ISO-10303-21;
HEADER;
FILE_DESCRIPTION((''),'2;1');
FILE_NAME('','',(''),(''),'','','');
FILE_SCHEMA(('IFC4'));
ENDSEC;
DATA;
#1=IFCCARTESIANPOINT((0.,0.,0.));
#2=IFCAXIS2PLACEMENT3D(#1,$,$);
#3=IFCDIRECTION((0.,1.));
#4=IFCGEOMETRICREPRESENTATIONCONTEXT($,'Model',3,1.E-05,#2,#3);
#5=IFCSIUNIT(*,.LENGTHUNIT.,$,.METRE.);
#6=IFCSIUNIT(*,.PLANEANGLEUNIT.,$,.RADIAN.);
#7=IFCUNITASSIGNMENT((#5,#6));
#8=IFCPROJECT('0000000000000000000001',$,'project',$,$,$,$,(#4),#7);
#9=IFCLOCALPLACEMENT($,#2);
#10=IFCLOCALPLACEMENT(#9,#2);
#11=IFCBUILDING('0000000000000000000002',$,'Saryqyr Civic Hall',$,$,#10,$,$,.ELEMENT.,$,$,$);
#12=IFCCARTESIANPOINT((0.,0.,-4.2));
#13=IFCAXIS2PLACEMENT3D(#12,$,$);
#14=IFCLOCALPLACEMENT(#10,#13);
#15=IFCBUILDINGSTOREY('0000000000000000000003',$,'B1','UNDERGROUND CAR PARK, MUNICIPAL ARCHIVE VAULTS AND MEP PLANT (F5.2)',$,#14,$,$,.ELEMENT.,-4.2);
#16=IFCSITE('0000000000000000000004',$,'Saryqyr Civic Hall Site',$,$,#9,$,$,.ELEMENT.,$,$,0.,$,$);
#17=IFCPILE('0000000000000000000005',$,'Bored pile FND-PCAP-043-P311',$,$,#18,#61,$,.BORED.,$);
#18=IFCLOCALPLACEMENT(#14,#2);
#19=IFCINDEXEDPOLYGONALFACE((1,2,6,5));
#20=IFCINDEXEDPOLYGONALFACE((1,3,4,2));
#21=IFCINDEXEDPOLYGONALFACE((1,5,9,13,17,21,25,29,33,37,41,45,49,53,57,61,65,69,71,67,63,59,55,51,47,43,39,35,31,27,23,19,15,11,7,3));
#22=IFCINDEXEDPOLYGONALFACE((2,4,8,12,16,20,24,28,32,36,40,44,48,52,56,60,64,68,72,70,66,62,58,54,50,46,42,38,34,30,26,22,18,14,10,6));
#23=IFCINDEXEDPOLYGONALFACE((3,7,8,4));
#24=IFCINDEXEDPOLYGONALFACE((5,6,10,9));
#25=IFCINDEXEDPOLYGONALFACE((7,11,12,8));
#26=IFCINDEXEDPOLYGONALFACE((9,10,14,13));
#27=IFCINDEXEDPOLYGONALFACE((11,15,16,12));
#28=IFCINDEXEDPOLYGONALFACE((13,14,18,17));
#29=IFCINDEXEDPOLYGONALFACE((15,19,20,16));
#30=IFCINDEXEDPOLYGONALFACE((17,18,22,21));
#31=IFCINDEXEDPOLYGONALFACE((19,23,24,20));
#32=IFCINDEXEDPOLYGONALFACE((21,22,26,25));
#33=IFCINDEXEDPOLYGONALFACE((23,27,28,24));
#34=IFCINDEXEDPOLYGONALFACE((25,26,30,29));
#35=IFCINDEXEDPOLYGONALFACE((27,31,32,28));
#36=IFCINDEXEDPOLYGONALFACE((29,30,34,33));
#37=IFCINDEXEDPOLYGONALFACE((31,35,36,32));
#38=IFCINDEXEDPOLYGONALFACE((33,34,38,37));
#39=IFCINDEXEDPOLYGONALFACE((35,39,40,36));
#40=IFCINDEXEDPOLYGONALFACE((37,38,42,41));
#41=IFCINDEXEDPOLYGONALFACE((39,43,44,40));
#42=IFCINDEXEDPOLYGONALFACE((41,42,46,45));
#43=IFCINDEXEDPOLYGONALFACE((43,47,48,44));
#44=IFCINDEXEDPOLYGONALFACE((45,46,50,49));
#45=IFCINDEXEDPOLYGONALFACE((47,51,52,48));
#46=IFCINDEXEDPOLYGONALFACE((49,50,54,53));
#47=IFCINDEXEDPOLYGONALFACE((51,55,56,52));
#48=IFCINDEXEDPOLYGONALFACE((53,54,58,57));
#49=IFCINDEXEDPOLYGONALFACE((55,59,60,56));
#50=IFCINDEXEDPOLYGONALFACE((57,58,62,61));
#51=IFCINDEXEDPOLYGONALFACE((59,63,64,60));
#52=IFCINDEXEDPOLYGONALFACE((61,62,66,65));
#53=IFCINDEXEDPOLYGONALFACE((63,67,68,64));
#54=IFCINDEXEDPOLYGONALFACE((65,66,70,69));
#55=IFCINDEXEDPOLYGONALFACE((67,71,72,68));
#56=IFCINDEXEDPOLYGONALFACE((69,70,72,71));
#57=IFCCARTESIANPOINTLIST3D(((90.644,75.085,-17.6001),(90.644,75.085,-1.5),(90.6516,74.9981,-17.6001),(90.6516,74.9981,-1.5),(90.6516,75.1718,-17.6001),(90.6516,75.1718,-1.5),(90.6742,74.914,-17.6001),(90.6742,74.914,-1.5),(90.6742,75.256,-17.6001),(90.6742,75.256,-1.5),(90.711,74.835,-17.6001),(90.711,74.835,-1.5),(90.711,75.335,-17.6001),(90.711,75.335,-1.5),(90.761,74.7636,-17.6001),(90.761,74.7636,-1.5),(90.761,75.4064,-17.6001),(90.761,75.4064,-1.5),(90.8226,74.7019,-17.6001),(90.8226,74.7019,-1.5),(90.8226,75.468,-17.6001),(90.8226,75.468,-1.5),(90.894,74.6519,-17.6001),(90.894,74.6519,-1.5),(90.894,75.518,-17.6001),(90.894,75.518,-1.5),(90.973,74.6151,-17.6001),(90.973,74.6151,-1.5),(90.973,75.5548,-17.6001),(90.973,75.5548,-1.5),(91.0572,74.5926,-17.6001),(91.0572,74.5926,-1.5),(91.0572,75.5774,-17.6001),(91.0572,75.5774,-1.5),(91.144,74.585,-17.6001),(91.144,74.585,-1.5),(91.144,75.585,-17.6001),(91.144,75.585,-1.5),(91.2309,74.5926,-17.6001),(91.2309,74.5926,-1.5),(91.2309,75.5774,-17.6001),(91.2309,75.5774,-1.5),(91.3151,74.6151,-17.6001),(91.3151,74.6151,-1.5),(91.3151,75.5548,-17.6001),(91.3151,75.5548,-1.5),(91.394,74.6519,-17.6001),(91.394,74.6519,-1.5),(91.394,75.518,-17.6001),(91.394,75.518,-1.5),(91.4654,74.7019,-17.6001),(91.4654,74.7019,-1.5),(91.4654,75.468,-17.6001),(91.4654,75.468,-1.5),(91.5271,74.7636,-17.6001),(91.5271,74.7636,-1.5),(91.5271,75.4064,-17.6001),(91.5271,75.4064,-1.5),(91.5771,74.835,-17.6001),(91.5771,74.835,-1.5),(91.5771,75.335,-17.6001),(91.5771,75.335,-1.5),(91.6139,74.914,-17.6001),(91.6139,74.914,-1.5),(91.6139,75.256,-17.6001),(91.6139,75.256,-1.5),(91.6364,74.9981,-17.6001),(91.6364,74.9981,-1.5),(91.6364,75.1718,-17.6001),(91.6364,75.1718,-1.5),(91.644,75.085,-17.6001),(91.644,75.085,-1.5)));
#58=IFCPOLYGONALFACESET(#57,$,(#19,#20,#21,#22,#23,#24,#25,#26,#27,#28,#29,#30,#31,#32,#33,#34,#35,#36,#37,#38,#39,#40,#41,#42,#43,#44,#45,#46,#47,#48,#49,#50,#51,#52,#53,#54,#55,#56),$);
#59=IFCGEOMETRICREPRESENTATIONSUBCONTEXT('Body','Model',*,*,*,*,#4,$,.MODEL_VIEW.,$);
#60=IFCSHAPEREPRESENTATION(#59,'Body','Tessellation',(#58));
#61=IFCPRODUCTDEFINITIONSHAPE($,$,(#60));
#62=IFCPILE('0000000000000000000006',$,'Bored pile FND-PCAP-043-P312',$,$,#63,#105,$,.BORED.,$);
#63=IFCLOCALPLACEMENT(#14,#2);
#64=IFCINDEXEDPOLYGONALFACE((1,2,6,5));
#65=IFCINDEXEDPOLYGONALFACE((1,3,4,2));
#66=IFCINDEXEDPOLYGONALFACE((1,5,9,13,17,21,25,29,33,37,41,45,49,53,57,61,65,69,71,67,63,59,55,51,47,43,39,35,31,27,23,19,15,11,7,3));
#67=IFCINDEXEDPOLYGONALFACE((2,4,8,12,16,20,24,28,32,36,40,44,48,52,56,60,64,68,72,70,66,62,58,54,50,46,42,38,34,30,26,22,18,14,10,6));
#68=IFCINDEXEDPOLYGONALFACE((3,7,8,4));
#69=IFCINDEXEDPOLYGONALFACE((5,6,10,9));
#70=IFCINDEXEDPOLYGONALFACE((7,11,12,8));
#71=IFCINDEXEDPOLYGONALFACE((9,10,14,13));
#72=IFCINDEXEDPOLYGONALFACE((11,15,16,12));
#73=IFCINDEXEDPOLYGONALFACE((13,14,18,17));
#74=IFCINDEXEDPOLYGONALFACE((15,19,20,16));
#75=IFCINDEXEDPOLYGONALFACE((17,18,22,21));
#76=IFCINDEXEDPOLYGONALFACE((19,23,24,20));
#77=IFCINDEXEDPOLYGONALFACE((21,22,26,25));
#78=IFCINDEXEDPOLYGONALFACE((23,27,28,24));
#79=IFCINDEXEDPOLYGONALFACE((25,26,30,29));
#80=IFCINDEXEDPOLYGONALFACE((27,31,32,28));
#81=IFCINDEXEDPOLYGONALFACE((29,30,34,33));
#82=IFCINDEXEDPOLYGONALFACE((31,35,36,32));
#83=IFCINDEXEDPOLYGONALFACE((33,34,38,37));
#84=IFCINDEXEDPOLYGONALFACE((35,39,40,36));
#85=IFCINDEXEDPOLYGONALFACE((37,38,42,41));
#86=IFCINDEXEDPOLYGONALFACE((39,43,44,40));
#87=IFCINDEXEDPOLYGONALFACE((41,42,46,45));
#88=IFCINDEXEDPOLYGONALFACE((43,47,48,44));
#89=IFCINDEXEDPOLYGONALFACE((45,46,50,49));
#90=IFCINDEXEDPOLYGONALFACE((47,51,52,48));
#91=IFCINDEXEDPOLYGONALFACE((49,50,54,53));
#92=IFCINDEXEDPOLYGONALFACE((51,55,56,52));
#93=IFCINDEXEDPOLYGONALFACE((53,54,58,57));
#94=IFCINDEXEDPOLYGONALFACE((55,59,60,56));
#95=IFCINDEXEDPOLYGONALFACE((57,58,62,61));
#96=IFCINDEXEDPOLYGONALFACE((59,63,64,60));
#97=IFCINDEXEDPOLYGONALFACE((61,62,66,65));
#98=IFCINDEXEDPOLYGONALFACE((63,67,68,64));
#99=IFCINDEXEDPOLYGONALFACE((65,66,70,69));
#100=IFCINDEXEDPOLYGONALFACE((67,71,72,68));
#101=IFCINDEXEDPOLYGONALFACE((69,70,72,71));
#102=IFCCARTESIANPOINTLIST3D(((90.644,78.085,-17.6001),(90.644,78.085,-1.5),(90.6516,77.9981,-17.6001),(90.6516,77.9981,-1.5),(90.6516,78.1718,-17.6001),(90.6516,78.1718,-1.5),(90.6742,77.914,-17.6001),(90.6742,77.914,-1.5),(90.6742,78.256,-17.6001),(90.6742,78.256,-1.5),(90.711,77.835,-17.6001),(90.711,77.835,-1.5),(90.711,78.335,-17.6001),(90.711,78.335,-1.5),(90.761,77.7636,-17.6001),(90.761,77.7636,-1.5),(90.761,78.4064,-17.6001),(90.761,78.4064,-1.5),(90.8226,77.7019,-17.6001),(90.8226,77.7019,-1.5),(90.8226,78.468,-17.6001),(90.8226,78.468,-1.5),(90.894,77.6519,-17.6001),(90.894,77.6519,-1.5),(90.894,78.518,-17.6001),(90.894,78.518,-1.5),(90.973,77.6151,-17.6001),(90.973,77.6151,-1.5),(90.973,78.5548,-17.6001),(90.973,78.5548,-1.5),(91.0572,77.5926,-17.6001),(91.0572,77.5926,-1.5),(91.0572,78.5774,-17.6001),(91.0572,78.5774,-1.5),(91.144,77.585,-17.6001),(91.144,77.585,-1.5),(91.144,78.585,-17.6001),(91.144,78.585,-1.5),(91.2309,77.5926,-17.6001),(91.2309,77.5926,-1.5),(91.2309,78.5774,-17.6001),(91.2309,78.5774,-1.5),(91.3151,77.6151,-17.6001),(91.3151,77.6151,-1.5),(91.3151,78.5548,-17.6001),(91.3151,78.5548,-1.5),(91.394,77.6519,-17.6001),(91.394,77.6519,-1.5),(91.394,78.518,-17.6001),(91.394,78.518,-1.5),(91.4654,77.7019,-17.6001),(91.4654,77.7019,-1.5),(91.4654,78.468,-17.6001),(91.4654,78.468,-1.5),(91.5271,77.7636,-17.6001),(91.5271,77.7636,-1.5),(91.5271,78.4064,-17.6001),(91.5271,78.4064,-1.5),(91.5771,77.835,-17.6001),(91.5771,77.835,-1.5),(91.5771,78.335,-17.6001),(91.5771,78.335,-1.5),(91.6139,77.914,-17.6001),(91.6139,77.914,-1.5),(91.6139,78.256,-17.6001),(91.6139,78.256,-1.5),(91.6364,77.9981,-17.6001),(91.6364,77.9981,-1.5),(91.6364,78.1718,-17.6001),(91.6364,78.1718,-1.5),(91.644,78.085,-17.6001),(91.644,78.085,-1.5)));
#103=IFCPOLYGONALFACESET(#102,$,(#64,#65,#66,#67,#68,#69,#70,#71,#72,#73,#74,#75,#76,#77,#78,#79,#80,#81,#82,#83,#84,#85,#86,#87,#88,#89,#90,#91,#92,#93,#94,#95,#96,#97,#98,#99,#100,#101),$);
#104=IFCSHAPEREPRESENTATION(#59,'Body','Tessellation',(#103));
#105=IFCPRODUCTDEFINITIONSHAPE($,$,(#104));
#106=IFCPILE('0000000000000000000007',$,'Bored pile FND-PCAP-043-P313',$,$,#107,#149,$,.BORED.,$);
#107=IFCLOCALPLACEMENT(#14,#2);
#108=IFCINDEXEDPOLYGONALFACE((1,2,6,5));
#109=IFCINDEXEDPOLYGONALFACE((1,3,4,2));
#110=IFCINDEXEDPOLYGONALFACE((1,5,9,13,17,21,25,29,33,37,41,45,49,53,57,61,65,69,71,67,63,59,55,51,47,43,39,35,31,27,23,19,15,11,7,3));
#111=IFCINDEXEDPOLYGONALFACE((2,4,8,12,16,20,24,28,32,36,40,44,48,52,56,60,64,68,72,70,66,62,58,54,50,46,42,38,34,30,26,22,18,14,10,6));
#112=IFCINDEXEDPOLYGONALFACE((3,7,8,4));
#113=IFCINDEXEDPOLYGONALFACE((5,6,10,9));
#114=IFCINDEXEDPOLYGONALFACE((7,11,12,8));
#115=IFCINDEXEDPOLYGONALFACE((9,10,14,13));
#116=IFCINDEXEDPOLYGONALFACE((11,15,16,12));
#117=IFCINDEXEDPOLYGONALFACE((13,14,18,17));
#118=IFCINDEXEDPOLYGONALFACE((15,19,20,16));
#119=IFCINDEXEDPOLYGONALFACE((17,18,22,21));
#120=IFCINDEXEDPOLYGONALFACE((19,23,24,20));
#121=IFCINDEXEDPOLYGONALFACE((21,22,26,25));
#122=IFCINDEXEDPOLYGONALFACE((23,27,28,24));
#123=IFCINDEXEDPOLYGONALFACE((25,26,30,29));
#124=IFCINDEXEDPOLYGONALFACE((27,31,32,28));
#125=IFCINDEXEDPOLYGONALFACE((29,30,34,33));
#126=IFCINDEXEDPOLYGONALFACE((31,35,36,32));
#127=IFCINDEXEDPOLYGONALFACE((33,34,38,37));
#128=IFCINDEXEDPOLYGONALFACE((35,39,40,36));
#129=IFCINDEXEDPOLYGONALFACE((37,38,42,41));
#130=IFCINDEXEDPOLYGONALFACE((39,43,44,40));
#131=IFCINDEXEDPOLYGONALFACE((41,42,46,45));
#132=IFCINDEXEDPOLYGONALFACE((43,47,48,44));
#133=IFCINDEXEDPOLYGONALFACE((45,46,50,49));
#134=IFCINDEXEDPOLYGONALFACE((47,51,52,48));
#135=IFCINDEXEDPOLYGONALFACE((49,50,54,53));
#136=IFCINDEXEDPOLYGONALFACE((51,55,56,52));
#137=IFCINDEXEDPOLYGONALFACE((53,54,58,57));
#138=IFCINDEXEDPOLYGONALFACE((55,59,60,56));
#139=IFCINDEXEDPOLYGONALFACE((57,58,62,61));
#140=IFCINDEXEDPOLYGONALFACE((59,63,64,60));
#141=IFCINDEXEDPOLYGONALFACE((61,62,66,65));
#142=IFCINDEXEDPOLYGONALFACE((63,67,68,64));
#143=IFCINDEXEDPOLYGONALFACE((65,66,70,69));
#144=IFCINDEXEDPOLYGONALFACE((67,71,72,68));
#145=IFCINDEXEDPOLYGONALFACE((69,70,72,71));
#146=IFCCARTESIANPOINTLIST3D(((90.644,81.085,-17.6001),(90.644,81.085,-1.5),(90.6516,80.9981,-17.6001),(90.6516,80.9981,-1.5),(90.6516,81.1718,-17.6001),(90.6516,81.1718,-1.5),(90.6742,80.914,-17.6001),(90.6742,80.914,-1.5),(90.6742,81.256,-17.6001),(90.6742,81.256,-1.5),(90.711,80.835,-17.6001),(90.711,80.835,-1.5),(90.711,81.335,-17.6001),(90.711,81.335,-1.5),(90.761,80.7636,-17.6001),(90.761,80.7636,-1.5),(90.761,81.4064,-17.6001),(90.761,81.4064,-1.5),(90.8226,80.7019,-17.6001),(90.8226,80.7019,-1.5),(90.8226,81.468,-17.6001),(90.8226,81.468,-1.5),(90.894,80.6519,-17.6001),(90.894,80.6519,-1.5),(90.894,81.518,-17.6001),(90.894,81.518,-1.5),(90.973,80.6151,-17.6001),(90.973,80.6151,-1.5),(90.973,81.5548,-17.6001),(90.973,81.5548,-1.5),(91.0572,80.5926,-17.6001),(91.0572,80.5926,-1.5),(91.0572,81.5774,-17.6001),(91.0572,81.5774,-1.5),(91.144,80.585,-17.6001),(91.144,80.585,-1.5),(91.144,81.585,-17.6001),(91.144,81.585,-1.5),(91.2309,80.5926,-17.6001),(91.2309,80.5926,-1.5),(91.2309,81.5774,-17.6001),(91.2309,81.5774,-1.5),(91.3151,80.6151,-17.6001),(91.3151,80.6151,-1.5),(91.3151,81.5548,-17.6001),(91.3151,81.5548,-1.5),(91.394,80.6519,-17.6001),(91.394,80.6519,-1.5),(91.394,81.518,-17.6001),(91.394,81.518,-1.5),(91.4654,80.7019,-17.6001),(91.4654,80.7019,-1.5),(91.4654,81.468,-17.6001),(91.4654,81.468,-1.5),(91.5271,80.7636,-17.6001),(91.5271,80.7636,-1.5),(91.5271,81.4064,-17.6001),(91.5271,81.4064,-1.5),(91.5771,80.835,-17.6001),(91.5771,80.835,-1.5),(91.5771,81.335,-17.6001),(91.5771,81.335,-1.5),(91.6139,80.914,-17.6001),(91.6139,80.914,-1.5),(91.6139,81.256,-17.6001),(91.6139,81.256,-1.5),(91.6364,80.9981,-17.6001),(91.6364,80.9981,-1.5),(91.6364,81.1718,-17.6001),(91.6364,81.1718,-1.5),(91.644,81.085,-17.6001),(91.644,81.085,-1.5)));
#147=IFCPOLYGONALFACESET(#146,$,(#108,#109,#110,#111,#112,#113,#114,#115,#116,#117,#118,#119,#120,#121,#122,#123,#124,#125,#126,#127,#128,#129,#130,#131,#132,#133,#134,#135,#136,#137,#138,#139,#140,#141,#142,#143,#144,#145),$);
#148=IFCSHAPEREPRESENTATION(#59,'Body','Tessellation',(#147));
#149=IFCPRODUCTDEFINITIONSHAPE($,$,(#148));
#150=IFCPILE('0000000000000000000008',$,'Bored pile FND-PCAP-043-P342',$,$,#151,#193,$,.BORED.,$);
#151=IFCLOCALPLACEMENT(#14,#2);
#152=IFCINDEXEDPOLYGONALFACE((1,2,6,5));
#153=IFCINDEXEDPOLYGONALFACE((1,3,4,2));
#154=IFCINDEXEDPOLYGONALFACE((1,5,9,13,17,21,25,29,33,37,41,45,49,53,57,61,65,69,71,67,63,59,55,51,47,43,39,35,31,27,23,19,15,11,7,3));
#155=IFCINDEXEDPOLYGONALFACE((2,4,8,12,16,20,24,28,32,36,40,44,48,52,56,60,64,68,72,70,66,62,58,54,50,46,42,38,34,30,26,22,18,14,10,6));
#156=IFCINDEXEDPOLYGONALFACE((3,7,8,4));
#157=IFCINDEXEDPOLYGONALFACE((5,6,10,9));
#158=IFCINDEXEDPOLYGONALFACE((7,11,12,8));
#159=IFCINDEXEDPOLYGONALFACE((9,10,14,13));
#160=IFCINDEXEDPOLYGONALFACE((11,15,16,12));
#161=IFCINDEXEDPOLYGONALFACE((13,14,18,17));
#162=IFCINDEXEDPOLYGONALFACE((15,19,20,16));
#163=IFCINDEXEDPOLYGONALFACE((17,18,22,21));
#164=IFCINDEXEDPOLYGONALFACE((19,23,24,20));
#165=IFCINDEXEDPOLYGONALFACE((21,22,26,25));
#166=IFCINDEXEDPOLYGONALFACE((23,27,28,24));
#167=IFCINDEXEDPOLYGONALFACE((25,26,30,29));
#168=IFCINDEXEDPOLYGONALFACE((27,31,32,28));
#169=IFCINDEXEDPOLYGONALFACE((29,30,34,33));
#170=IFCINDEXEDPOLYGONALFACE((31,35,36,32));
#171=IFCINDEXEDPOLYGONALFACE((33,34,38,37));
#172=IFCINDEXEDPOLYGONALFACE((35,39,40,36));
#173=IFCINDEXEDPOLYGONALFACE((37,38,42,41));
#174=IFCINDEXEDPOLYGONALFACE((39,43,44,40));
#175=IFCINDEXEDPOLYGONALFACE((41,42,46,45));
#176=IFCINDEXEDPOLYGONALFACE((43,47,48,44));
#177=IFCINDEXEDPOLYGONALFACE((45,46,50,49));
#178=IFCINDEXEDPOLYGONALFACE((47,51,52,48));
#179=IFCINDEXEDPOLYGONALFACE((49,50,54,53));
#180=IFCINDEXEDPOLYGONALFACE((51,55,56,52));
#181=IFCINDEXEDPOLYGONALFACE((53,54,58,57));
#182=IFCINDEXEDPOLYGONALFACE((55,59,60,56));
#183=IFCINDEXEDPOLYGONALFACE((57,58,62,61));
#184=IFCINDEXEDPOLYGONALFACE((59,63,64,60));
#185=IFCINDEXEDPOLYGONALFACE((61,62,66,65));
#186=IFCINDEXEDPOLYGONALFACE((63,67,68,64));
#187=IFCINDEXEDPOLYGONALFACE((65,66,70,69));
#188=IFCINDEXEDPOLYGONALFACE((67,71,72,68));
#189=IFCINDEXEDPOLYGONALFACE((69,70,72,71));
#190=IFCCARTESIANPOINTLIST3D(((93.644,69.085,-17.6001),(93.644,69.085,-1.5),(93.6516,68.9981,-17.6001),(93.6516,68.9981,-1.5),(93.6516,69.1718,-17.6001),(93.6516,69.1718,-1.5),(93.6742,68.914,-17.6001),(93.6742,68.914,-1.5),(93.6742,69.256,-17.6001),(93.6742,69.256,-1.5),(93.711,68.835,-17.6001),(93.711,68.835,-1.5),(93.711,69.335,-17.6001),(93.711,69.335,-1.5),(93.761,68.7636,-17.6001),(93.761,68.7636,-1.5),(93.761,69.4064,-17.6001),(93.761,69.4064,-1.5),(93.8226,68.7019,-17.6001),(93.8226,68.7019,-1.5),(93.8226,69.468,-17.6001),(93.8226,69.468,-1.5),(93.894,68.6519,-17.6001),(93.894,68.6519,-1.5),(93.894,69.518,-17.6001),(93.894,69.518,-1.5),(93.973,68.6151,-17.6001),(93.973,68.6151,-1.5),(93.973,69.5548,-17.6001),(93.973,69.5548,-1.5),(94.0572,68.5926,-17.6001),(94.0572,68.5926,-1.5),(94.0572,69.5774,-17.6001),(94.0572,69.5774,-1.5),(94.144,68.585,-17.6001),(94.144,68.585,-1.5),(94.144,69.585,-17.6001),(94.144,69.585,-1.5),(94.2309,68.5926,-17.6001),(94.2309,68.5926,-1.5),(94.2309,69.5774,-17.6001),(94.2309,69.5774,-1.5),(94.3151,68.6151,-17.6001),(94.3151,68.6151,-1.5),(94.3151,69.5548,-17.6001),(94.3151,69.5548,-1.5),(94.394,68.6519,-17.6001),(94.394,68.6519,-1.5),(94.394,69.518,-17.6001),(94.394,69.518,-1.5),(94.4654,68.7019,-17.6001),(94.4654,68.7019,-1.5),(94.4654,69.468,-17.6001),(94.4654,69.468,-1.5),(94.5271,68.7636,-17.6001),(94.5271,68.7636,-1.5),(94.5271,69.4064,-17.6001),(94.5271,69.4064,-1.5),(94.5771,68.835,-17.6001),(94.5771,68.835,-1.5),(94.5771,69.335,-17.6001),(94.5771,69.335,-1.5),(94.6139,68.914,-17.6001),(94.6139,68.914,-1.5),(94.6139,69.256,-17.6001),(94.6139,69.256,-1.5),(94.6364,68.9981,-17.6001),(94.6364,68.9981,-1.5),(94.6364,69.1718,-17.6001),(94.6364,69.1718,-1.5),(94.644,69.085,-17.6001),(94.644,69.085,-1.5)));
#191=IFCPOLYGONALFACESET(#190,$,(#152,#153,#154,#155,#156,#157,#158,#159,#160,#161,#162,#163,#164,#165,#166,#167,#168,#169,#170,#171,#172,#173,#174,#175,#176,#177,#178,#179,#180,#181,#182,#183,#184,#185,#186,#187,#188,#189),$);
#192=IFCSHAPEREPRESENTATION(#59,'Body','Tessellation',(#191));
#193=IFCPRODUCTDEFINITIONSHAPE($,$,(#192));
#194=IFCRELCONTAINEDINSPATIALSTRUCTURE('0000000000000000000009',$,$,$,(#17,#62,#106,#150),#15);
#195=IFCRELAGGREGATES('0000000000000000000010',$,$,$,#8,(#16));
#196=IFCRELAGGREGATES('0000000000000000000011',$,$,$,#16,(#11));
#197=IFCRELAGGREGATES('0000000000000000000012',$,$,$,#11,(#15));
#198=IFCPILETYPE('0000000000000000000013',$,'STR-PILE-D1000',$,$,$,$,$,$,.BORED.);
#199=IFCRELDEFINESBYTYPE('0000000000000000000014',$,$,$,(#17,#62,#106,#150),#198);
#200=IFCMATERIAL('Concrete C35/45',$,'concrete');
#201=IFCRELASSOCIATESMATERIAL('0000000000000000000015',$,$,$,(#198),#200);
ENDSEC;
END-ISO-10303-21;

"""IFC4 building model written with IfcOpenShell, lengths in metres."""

from ifc_helpers import new_model, si_unit, direction, frame, origin, origin_2d, place, context, subcontext, project, spatial, circle, extrude, material, material_profile, profile_set, type_object, element, save


model = new_model("IFC4")

# Units and contexts
model_context = context("Model", 3, precision=1e-05, world=origin(), true_north=direction((0.0, 1.0)))
body_context = subcontext(model_context, "Body", "Model", "MODEL_VIEW")
ifc_project = project(units=[si_unit("LENGTHUNIT", "METRE"), si_unit("PLANEANGLEUNIT", "RADIAN")], contexts=[model_context])

# Site, building, storey
site_placement = place(None, origin())
site = spatial("IfcSite", under=ifc_project, at=site_placement, Name="Saryqyr Civic Hall Site", CompositionType="ELEMENT", RefElevation=0.0)
building_placement = place(site_placement, origin())
building = spatial("IfcBuilding", under=site, at=building_placement, Name="Saryqyr Civic Hall", CompositionType="ELEMENT")
storey_placement = place(building_placement, frame((0.0, 0.0, -4.2)))
storey = spatial("IfcBuildingStorey", under=building, at=storey_placement, Name="B1", Description="UNDERGROUND CAR PARK, MUNICIPAL ARCHIVE VAULTS AND MEP PLANT (F5.2)", CompositionType="ELEMENT", Elevation=-4.2)

# Piles
ifc_material_1 = material(Name="Concrete C35/45", Category="concrete")
ifc_material_profile_1 = material_profile(ifc_material_1, circle(Radius=0.5, at=origin_2d()), Name="BORED PILE D1000")
ifc_profile_set_1 = profile_set([ifc_material_profile_1], Name="Concrete C35/45")
pile_type = type_object("IfcPileType", Name="STR-PILE-D1000", PredefinedType="BORED", material=ifc_profile_set_1)
for number, where, z_axis, x_axis, name in (
    (1, (91.144, 75.085, -1.5), (0.0, 0.0, -1.0), (1.0, 0.0, 0.0), "Bored pile FND-PCAP-043-P311"),
    (2, (91.144, 78.085, -1.5), (0.0, 0.0, -1.0), (1.0, 0.0, 0.0), "Bored pile FND-PCAP-043-P312"),
    (3, (91.144, 81.085, -1.5), (0.0, 0.0, -1.0), (1.0, 0.0, 0.0), "Bored pile FND-PCAP-043-P313"),
    (4, (94.144, 69.085, -1.5), (0.0, 0.0, -1.0), (1.0, 0.0, 0.0), "Bored pile FND-PCAP-043-P342"),
):
    element("IfcPile", number, at=place(storey_placement, frame(where, z_axis=z_axis, x_axis=x_axis)), inside=storey, type_object=pile_type, Name=name, PredefinedType="BORED", context=body_context, shape_type="SweptSolid", body=[
        extrude(circle(Radius=0.5, at=origin_2d()), origin(), (0.0, 0.0, 1.0), 16.1001),
    ])

save(model, "model.ifc")
